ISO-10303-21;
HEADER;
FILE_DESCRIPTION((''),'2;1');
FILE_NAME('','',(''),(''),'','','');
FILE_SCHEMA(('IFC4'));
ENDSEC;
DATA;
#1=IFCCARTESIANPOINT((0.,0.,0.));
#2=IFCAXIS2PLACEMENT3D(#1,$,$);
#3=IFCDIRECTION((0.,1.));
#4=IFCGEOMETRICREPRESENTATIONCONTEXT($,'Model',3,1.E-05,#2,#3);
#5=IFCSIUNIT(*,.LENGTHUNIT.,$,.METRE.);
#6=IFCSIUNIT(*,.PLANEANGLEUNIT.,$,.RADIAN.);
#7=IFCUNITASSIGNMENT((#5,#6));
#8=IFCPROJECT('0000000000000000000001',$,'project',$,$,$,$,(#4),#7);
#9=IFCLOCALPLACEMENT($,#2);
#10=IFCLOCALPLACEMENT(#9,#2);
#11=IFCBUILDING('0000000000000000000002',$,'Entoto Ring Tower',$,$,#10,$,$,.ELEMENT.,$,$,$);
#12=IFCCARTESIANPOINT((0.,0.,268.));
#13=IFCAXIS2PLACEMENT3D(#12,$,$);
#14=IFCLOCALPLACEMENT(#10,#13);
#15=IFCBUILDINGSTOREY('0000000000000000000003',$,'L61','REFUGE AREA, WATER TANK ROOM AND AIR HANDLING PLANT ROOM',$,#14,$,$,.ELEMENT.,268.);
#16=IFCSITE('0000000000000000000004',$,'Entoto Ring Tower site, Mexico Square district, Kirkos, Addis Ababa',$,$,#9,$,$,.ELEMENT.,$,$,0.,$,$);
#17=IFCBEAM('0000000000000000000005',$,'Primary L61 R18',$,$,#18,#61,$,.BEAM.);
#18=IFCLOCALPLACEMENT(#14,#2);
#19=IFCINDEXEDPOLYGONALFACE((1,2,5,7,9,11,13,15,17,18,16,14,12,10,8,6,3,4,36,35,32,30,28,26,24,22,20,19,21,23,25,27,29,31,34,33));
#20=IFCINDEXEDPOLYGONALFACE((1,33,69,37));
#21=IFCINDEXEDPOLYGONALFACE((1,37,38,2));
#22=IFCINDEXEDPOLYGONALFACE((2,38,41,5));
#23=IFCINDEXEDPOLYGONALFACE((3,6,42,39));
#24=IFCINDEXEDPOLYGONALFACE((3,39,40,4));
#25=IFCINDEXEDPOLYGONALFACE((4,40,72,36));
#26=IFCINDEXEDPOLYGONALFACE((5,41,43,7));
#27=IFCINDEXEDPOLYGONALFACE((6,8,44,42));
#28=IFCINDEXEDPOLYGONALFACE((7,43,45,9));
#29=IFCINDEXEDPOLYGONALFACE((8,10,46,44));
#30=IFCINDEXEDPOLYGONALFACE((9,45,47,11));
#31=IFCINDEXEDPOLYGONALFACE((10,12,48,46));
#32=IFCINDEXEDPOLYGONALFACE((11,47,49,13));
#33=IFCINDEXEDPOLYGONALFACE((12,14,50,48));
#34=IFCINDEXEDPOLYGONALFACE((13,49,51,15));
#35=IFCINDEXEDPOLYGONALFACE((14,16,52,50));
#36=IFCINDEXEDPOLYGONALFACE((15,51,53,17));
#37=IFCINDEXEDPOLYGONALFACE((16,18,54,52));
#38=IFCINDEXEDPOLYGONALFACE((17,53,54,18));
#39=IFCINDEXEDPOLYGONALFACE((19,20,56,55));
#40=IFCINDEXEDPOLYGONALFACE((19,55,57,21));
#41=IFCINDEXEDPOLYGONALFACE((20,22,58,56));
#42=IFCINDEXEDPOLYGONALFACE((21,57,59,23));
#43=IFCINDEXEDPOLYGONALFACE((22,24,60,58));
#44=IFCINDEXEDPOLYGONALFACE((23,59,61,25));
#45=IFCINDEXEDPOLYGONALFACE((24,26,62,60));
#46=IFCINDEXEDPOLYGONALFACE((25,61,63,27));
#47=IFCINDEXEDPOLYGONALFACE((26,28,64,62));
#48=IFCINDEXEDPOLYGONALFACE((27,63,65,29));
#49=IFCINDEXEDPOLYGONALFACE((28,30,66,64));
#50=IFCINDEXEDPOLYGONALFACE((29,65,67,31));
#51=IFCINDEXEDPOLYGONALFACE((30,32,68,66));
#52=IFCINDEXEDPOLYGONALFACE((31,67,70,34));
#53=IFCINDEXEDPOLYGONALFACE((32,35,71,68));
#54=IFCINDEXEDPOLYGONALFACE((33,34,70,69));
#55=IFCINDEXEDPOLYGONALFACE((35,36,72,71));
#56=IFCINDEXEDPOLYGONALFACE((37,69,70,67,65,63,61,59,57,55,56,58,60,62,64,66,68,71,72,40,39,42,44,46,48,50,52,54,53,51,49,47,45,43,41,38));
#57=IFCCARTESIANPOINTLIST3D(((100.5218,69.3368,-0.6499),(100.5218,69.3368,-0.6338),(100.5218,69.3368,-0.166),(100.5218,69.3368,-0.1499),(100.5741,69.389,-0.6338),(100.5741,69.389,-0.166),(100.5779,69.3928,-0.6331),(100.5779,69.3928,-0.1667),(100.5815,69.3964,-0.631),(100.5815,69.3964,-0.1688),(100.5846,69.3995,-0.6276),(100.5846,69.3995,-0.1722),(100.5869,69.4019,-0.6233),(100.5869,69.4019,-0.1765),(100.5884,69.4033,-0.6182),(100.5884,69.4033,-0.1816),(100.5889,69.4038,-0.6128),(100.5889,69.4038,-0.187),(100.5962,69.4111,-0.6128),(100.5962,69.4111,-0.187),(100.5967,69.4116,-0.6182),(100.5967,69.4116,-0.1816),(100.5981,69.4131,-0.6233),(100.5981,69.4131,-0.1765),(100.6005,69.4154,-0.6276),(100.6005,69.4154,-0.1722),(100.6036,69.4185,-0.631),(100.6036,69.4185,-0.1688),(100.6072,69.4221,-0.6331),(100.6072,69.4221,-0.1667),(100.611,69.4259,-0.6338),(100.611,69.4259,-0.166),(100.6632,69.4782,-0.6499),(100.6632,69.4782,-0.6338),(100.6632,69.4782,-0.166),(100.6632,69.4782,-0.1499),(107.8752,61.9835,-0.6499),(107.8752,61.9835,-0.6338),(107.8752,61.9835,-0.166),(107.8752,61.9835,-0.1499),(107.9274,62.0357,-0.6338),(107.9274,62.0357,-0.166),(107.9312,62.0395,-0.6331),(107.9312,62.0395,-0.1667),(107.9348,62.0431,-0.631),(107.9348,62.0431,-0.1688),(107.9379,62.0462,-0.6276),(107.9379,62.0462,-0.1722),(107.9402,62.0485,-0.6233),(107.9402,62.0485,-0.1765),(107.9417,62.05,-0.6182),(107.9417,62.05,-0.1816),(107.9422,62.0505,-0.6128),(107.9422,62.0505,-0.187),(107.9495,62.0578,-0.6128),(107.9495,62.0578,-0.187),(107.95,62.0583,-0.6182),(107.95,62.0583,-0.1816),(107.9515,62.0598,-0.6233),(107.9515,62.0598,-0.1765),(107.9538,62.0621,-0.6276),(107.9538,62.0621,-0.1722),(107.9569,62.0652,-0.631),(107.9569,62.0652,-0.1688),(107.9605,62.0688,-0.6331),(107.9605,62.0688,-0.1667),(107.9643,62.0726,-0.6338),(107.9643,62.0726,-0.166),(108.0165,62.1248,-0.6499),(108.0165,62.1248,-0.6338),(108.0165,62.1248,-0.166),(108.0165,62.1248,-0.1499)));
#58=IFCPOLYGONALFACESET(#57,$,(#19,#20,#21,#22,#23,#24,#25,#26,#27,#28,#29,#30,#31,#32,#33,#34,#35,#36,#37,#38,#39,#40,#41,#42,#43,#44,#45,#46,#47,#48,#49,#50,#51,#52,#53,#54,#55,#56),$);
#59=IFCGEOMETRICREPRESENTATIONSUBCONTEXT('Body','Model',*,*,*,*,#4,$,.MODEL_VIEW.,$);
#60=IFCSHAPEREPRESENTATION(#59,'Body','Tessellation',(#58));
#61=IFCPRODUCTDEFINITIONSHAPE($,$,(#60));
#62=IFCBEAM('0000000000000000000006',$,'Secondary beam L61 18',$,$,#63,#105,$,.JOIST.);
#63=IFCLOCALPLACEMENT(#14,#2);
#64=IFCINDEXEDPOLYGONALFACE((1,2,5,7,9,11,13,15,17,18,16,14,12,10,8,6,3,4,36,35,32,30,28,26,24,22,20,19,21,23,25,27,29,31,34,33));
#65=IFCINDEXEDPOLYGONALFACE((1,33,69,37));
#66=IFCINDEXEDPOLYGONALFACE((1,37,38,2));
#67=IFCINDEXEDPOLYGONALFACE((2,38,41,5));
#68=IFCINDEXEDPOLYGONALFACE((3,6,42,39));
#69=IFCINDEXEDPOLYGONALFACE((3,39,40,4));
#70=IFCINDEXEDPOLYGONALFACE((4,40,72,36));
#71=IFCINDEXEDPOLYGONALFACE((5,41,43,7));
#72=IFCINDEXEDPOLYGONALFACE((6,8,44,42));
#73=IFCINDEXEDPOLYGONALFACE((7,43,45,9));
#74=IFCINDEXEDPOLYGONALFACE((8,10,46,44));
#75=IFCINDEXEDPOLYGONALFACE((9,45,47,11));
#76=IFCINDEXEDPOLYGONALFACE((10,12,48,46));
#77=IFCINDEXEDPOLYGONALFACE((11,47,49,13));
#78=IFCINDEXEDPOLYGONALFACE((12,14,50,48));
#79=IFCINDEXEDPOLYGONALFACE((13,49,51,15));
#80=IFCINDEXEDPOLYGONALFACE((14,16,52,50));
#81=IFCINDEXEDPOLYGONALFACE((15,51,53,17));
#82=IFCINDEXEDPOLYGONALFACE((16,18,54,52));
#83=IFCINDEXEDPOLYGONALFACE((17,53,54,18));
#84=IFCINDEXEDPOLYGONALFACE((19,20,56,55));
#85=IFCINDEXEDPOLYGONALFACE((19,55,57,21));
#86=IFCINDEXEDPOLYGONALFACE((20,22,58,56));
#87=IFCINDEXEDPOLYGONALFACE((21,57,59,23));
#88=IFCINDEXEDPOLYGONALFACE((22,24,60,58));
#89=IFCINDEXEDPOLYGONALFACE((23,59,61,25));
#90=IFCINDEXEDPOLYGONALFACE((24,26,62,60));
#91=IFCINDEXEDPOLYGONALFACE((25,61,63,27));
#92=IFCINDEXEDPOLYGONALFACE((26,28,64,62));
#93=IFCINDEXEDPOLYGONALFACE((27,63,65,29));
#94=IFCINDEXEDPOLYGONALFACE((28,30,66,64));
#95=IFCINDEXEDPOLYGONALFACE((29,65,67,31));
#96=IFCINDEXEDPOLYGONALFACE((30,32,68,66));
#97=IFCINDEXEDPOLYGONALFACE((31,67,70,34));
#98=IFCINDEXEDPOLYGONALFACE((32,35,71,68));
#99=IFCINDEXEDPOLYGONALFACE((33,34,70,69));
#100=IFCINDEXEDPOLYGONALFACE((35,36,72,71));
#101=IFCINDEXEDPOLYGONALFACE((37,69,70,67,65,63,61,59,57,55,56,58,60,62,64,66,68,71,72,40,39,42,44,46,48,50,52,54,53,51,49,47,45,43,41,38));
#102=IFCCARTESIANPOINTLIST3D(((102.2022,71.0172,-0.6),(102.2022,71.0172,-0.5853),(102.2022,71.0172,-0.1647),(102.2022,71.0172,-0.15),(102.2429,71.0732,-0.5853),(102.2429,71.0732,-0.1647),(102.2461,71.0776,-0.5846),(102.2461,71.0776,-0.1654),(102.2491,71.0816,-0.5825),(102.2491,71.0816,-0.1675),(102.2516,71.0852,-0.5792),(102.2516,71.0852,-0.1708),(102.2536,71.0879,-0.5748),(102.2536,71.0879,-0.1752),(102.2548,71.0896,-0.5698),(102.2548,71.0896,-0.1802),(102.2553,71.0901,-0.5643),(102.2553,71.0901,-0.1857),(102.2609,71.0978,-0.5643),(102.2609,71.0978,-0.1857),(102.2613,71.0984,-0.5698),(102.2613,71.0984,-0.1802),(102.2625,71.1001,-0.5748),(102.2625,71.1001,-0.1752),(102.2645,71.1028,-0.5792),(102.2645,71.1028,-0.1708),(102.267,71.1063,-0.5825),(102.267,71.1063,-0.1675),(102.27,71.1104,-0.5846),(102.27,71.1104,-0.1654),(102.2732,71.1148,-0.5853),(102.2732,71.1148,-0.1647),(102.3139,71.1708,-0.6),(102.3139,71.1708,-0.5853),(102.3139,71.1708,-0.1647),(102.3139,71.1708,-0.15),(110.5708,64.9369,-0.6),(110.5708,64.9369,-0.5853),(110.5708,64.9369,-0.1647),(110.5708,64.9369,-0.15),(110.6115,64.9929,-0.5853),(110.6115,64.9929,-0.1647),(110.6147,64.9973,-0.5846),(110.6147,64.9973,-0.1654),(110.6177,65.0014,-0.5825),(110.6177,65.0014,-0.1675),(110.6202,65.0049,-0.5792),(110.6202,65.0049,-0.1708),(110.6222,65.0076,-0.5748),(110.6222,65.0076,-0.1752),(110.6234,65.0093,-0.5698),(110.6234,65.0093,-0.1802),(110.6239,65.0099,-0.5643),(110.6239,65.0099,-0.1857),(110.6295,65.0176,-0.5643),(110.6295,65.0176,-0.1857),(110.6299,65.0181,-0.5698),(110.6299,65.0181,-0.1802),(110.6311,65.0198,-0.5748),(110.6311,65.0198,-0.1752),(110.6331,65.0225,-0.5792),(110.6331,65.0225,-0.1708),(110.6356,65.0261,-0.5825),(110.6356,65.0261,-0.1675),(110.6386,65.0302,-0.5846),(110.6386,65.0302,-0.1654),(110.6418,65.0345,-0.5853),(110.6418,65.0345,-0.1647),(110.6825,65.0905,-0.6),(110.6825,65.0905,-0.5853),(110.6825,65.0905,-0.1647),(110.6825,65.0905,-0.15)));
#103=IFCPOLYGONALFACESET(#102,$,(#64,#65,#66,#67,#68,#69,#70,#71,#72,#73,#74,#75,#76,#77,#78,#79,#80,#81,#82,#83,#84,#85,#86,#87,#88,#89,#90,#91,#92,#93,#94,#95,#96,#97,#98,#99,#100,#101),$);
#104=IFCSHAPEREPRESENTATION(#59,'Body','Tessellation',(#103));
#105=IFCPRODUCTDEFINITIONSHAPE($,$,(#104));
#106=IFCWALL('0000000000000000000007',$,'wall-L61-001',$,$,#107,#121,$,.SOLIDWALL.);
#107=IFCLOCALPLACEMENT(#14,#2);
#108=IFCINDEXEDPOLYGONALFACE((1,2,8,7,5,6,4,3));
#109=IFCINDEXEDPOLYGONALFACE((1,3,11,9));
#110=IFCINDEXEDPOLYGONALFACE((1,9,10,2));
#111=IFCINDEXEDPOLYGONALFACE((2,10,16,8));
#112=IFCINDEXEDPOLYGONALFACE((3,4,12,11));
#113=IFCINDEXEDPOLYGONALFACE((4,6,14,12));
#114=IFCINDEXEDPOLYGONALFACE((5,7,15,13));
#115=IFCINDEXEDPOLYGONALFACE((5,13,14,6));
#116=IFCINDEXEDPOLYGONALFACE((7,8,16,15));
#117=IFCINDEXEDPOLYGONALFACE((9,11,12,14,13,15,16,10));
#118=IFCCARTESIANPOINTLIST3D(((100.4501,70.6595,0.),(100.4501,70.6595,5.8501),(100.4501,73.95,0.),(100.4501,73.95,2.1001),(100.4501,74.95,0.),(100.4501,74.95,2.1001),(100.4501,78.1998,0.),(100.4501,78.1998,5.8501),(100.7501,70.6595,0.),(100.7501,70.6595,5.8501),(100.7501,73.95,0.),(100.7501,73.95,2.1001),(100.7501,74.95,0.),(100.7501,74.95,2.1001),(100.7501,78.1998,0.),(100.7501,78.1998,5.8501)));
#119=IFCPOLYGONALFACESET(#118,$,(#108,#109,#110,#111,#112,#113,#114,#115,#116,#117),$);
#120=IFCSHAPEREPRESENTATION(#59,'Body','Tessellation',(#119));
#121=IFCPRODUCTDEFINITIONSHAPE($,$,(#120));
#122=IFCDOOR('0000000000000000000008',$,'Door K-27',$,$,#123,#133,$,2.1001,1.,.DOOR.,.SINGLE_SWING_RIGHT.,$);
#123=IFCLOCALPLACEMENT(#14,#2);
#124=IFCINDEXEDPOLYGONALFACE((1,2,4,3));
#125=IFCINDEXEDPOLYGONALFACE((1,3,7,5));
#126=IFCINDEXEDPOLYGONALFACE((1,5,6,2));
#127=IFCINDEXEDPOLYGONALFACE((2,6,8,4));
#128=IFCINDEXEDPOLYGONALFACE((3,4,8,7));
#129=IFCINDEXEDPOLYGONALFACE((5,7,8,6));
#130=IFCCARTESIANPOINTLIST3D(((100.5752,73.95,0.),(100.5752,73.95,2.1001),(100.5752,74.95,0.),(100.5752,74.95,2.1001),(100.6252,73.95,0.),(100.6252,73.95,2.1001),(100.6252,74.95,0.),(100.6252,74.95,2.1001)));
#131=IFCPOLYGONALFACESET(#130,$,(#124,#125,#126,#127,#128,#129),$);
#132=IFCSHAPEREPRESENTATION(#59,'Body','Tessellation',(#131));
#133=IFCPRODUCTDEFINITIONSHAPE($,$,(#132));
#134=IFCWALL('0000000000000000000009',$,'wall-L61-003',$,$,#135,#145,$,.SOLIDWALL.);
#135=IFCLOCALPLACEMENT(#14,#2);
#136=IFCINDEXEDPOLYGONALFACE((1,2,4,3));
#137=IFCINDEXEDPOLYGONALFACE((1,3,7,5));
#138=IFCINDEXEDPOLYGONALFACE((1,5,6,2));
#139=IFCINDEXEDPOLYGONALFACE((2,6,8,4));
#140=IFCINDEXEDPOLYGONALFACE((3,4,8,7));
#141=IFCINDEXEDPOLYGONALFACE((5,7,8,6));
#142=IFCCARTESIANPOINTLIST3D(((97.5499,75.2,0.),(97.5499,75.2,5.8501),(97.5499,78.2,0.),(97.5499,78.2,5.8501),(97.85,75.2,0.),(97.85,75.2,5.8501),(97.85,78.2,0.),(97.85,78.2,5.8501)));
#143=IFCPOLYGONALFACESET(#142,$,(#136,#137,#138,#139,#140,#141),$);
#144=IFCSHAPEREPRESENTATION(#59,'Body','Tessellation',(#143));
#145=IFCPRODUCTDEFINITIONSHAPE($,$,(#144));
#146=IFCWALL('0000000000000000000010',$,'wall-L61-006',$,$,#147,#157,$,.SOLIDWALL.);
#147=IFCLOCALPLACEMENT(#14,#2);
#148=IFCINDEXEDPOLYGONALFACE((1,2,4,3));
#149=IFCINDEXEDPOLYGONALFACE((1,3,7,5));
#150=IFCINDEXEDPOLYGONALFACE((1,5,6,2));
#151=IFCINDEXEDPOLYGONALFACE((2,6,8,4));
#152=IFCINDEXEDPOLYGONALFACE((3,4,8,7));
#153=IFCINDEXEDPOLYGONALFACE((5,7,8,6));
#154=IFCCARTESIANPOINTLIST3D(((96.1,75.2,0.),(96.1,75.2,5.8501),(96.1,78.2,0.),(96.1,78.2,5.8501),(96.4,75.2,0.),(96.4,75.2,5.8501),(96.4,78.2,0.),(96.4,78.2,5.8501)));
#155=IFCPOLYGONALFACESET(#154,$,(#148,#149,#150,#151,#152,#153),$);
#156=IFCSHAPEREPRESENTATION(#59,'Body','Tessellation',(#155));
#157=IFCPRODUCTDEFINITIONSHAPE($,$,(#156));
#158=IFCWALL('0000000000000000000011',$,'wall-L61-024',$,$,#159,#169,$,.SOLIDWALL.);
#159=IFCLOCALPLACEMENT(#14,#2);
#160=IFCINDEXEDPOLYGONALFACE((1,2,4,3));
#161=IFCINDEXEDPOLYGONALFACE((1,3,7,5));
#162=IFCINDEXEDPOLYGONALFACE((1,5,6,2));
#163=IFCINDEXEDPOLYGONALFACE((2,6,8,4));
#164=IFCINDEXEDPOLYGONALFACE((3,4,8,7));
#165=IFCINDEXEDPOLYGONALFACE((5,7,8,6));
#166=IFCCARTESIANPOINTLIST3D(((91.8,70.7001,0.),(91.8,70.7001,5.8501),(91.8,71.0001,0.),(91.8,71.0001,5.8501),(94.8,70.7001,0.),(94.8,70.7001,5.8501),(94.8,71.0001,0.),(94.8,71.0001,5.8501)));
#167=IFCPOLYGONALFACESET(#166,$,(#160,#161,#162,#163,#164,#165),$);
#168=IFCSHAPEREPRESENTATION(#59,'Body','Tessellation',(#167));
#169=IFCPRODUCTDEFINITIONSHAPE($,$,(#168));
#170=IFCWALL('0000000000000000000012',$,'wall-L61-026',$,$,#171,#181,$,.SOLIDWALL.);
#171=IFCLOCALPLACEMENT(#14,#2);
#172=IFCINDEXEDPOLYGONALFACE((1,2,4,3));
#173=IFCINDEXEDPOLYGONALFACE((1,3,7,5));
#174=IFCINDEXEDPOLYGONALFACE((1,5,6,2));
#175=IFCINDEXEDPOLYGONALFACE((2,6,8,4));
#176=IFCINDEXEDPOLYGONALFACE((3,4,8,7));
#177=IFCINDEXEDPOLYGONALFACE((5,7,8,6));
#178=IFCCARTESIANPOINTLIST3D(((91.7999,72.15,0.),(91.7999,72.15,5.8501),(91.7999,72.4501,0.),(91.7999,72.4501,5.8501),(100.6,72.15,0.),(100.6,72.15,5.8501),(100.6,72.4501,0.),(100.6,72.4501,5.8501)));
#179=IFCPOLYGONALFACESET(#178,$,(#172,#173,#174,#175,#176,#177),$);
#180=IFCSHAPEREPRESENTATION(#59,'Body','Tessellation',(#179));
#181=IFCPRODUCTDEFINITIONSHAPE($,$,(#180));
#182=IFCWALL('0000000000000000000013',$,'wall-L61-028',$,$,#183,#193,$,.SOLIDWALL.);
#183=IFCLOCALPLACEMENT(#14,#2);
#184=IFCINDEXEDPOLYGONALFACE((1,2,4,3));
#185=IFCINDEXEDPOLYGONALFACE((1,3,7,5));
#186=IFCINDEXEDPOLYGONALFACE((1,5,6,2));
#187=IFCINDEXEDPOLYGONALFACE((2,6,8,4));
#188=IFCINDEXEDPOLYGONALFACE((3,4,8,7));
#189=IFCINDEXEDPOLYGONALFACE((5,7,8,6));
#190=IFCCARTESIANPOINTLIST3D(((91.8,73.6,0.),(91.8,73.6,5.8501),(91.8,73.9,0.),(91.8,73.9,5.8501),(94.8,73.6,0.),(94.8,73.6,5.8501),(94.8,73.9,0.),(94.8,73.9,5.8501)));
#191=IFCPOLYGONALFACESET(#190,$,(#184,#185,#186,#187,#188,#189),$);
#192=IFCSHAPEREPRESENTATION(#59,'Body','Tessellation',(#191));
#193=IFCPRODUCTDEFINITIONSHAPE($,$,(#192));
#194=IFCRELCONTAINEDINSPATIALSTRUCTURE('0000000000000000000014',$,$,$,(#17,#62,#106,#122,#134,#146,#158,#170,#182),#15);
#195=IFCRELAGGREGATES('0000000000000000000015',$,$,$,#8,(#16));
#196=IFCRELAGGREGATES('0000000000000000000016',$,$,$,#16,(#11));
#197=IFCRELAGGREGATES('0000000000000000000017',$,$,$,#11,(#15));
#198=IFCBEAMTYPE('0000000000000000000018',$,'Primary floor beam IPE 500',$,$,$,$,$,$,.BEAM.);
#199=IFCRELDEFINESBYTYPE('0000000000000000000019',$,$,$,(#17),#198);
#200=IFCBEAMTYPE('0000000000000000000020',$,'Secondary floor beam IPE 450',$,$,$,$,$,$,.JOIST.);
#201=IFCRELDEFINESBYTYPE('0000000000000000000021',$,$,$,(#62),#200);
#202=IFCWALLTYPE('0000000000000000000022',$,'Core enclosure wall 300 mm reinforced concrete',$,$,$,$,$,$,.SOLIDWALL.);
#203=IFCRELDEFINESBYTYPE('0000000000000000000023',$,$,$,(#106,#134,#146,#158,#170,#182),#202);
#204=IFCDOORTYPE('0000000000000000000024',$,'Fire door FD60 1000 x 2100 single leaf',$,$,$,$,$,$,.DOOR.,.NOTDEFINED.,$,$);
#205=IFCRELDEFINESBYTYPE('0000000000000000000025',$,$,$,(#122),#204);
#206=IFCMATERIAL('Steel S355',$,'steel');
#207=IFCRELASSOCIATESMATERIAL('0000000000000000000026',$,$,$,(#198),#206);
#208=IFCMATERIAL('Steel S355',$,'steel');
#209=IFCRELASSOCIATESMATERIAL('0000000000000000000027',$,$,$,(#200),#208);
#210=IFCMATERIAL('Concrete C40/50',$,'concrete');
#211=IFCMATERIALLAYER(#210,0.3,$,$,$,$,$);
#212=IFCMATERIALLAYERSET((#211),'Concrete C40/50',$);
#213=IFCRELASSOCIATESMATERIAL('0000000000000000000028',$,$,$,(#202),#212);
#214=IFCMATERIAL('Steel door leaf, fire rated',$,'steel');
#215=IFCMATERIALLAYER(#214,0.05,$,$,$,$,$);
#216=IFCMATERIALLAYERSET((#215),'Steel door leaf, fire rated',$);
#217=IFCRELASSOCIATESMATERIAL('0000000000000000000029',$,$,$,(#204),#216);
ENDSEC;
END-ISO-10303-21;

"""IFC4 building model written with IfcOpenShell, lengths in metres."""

from ifc_helpers import new_model, si_unit, direction, frame, frame_2d, origin, origin_2d, place, context, subcontext, project, spatial, rectangle, i_section, extrude, material, layer, layer_set, material_profile, profile_set, type_object, element, fill, save


model = new_model("IFC4")

# Units and contexts
model_context = context("Model", 3, precision=1e-05, world=origin(), true_north=direction((0.0, 1.0)))
body_context = subcontext(model_context, "Body", "Model", "MODEL_VIEW")
ifc_project = project(units=[si_unit("LENGTHUNIT", "METRE"), si_unit("PLANEANGLEUNIT", "RADIAN")], contexts=[model_context])

# Site, building, storey
site_placement = place(None, origin())
site = spatial("IfcSite", under=ifc_project, at=site_placement, Name="Entoto Ring Tower site, Mexico Square district, Kirkos, Addis Ababa", CompositionType="ELEMENT", RefElevation=0.0)
building_placement = place(site_placement, origin())
building = spatial("IfcBuilding", under=site, at=building_placement, Name="Entoto Ring Tower", CompositionType="ELEMENT")
storey_placement = place(building_placement, frame((0.0, 0.0, 268.0)))
storey = spatial("IfcBuildingStorey", under=building, at=storey_placement, Name="L61", Description="REFUGE AREA, WATER TANK ROOM AND AIR HANDLING PLANT ROOM", CompositionType="ELEMENT", Elevation=268.0)

# Beams
ifc_material_1 = material(Name="Steel S355", Category="steel")
ifc_material_profile_1 = material_profile(ifc_material_1, i_section(OverallWidth=0.2, OverallDepth=0.5, WebThickness=0.0103, FlangeThickness=0.0161, FilletRadius=0.021, at=origin_2d()), Name="IPE 500")
ifc_profile_set_1 = profile_set([ifc_material_profile_1], Name="Steel S355")
beam_type_1 = type_object("IfcBeamType", Name="Primary floor beam IPE 500", PredefinedType="BEAM", material=ifc_profile_set_1)
beam_1_placement = place(storey_placement, frame((100.5925, 69.4075, -0.3999), z_axis=(0.707107, -0.707107, 0.0), x_axis=(0.707107, 0.707107, 0.0)))
element("IfcBeam", 1, at=beam_1_placement, inside=storey, type_object=beam_type_1, Name="Primary L61 R18", PredefinedType="BEAM", context=body_context, shape_type="SweptSolid", body=[
    extrude(i_section(OverallWidth=0.2, OverallDepth=0.5, WebThickness=0.0103, FlangeThickness=0.0161, FilletRadius=0.021, at=origin_2d()), origin(), (0.0, 0.0, 1.0), 10.3992),
])
ifc_material_2 = material(Name="Steel S355", Category="steel")
ifc_material_profile_2 = material_profile(ifc_material_2, i_section(OverallWidth=0.1899, OverallDepth=0.45, WebThickness=0.0095, FlangeThickness=0.0146, FilletRadius=0.021, at=origin_2d()), Name="IPE 450")
ifc_profile_set_2 = profile_set([ifc_material_profile_2], Name="Steel S355")
beam_type_2 = type_object("IfcBeamType", Name="Secondary floor beam IPE 450", PredefinedType="JOIST", material=ifc_profile_set_2)
beam_2_placement = place(storey_placement, frame((102.2581, 71.094, -0.375), z_axis=(0.809011, -0.587794, 0.0), x_axis=(0.587794, 0.809011, 0.0)))
element("IfcBeam", 2, at=beam_2_placement, inside=storey, type_object=beam_type_2, Name="Secondary beam L61 18", PredefinedType="JOIST", context=body_context, shape_type="SweptSolid", body=[
    extrude(i_section(OverallWidth=0.1899, OverallDepth=0.45, WebThickness=0.0095, FlangeThickness=0.0146, FilletRadius=0.021, at=origin_2d()), origin(), (0.0, 0.0, 1.0), 10.3442),
])

# Wall, opening, door
ifc_material_3 = material(Name="Concrete C40/50", Category="concrete")
ifc_layer_1 = layer(ifc_material_3, 0.3)
ifc_layer_set_1 = layer_set([ifc_layer_1], Name="Concrete C40/50")
wall_type = type_object("IfcWallType", Name="Core enclosure wall 300 mm reinforced concrete", PredefinedType="SOLIDWALL", material=ifc_layer_set_1)
wall_1_placement = place(storey_placement, frame((100.6001, 70.6597, 0.0), z_axis=(0.0, 0.0, 1.0), x_axis=(0.0, 1.0, 0.0)))
wall_1 = element("IfcWall", 3, at=wall_1_placement, inside=storey, type_object=wall_type, Name="wall-L61-001", PredefinedType="SOLIDWALL", context=body_context, shape_type="SweptSolid", body=[
    extrude(rectangle(XDim=7.5403, YDim=0.3, at=frame_2d((3.77, 0.0))), origin(), (0.0, 0.0, 1.0), 5.8501),
])
opening_1_placement = place(wall_1_placement, frame((3.2903, 0.0, 0.0)))
opening_1 = element("IfcOpeningElement", 4, at=opening_1_placement, cuts=wall_1, PredefinedType="OPENING", context=body_context, shape_type="SweptSolid", body=[
    extrude(rectangle(XDim=1.0, YDim=2.1001, at=frame_2d((0.5, 1.05))), frame((0.0, 0.1602, 0.0), z_axis=(0.0, -1.0, 0.0), x_axis=(1.0, 0.0, 0.0)), (0.0, 0.0, 1.0), 0.3201),
])
ifc_material_4 = material(Name="Steel door leaf, fire rated", Category="steel")
ifc_layer_2 = layer(ifc_material_4, 0.05)
ifc_layer_set_2 = layer_set([ifc_layer_2], Name="Steel door leaf, fire rated")
door_type_1 = type_object("IfcDoorType", Name="Fire door FD60 1000 x 2100 single leaf", OperationType="NOTDEFINED", PredefinedType="DOOR", material=ifc_layer_set_2)
door_1_placement = place(opening_1_placement, origin())
door_1 = element("IfcDoor", 5, at=door_1_placement, inside=storey, type_object=door_type_1, Name="Door K-27", OperationType="SINGLE_SWING_RIGHT", OverallHeight=2.1001, OverallWidth=1.0, PredefinedType="DOOR", context=body_context, shape_type="SweptSolid", body=[
    extrude(rectangle(XDim=1.0, YDim=2.1001, at=frame_2d((0.5, 1.05))), frame((0.0, 0.0249, 0.0), z_axis=(0.0, -1.0, 0.0), x_axis=(1.0, 0.0, 0.0)), (0.0, 0.0, 1.0), 0.05),
])
fill(opening_1, door_1)

# Walls
for number, where, z_axis, x_axis, name in (
    (6, (97.7, 75.2, 0.0), (0.0, 0.0, 1.0), (0.0, 1.0, 0.0), "wall-L61-003"),
    (7, (96.25, 75.2, 0.0), (0.0, 0.0, 1.0), (0.0, 1.0, 0.0), "wall-L61-006"),
    (8, (91.8, 70.8501, 0.0), (0.0, 0.0, 1.0), (1.0, 0.0, 0.0), "wall-L61-024"),
):
    element("IfcWall", number, at=place(storey_placement, frame(where, z_axis=z_axis, x_axis=x_axis)), inside=storey, type_object=wall_type, Name=name, PredefinedType="SOLIDWALL", context=body_context, shape_type="SweptSolid", body=[
        extrude(rectangle(XDim=3.0, YDim=0.3, at=frame_2d((1.5, 0.0))), origin(), (0.0, 0.0, 1.0), 5.8501),
    ])
wall_2_placement = place(storey_placement, frame((91.8, 72.3, 0.0), z_axis=(0.0, 0.0, 1.0), x_axis=(1.0, 0.0, 0.0)))
element("IfcWall", 9, at=wall_2_placement, inside=storey, type_object=wall_type, Name="wall-L61-026", PredefinedType="SOLIDWALL", context=body_context, shape_type="SweptSolid", body=[
    extrude(rectangle(XDim=8.8, YDim=0.3, at=frame_2d((4.3999, 0.0))), origin(), (0.0, 0.0, 1.0), 5.8501),
])
wall_3_placement = place(storey_placement, frame((91.8, 73.75, 0.0), z_axis=(0.0, 0.0, 1.0), x_axis=(1.0, 0.0, 0.0)))
element("IfcWall", 10, at=wall_3_placement, inside=storey, type_object=wall_type, Name="wall-L61-028", PredefinedType="SOLIDWALL", context=body_context, shape_type="SweptSolid", body=[
    extrude(rectangle(XDim=3.0, YDim=0.3, at=frame_2d((1.5, 0.0))), origin(), (0.0, 0.0, 1.0), 5.8501),
])

save(model, "model.ifc")
